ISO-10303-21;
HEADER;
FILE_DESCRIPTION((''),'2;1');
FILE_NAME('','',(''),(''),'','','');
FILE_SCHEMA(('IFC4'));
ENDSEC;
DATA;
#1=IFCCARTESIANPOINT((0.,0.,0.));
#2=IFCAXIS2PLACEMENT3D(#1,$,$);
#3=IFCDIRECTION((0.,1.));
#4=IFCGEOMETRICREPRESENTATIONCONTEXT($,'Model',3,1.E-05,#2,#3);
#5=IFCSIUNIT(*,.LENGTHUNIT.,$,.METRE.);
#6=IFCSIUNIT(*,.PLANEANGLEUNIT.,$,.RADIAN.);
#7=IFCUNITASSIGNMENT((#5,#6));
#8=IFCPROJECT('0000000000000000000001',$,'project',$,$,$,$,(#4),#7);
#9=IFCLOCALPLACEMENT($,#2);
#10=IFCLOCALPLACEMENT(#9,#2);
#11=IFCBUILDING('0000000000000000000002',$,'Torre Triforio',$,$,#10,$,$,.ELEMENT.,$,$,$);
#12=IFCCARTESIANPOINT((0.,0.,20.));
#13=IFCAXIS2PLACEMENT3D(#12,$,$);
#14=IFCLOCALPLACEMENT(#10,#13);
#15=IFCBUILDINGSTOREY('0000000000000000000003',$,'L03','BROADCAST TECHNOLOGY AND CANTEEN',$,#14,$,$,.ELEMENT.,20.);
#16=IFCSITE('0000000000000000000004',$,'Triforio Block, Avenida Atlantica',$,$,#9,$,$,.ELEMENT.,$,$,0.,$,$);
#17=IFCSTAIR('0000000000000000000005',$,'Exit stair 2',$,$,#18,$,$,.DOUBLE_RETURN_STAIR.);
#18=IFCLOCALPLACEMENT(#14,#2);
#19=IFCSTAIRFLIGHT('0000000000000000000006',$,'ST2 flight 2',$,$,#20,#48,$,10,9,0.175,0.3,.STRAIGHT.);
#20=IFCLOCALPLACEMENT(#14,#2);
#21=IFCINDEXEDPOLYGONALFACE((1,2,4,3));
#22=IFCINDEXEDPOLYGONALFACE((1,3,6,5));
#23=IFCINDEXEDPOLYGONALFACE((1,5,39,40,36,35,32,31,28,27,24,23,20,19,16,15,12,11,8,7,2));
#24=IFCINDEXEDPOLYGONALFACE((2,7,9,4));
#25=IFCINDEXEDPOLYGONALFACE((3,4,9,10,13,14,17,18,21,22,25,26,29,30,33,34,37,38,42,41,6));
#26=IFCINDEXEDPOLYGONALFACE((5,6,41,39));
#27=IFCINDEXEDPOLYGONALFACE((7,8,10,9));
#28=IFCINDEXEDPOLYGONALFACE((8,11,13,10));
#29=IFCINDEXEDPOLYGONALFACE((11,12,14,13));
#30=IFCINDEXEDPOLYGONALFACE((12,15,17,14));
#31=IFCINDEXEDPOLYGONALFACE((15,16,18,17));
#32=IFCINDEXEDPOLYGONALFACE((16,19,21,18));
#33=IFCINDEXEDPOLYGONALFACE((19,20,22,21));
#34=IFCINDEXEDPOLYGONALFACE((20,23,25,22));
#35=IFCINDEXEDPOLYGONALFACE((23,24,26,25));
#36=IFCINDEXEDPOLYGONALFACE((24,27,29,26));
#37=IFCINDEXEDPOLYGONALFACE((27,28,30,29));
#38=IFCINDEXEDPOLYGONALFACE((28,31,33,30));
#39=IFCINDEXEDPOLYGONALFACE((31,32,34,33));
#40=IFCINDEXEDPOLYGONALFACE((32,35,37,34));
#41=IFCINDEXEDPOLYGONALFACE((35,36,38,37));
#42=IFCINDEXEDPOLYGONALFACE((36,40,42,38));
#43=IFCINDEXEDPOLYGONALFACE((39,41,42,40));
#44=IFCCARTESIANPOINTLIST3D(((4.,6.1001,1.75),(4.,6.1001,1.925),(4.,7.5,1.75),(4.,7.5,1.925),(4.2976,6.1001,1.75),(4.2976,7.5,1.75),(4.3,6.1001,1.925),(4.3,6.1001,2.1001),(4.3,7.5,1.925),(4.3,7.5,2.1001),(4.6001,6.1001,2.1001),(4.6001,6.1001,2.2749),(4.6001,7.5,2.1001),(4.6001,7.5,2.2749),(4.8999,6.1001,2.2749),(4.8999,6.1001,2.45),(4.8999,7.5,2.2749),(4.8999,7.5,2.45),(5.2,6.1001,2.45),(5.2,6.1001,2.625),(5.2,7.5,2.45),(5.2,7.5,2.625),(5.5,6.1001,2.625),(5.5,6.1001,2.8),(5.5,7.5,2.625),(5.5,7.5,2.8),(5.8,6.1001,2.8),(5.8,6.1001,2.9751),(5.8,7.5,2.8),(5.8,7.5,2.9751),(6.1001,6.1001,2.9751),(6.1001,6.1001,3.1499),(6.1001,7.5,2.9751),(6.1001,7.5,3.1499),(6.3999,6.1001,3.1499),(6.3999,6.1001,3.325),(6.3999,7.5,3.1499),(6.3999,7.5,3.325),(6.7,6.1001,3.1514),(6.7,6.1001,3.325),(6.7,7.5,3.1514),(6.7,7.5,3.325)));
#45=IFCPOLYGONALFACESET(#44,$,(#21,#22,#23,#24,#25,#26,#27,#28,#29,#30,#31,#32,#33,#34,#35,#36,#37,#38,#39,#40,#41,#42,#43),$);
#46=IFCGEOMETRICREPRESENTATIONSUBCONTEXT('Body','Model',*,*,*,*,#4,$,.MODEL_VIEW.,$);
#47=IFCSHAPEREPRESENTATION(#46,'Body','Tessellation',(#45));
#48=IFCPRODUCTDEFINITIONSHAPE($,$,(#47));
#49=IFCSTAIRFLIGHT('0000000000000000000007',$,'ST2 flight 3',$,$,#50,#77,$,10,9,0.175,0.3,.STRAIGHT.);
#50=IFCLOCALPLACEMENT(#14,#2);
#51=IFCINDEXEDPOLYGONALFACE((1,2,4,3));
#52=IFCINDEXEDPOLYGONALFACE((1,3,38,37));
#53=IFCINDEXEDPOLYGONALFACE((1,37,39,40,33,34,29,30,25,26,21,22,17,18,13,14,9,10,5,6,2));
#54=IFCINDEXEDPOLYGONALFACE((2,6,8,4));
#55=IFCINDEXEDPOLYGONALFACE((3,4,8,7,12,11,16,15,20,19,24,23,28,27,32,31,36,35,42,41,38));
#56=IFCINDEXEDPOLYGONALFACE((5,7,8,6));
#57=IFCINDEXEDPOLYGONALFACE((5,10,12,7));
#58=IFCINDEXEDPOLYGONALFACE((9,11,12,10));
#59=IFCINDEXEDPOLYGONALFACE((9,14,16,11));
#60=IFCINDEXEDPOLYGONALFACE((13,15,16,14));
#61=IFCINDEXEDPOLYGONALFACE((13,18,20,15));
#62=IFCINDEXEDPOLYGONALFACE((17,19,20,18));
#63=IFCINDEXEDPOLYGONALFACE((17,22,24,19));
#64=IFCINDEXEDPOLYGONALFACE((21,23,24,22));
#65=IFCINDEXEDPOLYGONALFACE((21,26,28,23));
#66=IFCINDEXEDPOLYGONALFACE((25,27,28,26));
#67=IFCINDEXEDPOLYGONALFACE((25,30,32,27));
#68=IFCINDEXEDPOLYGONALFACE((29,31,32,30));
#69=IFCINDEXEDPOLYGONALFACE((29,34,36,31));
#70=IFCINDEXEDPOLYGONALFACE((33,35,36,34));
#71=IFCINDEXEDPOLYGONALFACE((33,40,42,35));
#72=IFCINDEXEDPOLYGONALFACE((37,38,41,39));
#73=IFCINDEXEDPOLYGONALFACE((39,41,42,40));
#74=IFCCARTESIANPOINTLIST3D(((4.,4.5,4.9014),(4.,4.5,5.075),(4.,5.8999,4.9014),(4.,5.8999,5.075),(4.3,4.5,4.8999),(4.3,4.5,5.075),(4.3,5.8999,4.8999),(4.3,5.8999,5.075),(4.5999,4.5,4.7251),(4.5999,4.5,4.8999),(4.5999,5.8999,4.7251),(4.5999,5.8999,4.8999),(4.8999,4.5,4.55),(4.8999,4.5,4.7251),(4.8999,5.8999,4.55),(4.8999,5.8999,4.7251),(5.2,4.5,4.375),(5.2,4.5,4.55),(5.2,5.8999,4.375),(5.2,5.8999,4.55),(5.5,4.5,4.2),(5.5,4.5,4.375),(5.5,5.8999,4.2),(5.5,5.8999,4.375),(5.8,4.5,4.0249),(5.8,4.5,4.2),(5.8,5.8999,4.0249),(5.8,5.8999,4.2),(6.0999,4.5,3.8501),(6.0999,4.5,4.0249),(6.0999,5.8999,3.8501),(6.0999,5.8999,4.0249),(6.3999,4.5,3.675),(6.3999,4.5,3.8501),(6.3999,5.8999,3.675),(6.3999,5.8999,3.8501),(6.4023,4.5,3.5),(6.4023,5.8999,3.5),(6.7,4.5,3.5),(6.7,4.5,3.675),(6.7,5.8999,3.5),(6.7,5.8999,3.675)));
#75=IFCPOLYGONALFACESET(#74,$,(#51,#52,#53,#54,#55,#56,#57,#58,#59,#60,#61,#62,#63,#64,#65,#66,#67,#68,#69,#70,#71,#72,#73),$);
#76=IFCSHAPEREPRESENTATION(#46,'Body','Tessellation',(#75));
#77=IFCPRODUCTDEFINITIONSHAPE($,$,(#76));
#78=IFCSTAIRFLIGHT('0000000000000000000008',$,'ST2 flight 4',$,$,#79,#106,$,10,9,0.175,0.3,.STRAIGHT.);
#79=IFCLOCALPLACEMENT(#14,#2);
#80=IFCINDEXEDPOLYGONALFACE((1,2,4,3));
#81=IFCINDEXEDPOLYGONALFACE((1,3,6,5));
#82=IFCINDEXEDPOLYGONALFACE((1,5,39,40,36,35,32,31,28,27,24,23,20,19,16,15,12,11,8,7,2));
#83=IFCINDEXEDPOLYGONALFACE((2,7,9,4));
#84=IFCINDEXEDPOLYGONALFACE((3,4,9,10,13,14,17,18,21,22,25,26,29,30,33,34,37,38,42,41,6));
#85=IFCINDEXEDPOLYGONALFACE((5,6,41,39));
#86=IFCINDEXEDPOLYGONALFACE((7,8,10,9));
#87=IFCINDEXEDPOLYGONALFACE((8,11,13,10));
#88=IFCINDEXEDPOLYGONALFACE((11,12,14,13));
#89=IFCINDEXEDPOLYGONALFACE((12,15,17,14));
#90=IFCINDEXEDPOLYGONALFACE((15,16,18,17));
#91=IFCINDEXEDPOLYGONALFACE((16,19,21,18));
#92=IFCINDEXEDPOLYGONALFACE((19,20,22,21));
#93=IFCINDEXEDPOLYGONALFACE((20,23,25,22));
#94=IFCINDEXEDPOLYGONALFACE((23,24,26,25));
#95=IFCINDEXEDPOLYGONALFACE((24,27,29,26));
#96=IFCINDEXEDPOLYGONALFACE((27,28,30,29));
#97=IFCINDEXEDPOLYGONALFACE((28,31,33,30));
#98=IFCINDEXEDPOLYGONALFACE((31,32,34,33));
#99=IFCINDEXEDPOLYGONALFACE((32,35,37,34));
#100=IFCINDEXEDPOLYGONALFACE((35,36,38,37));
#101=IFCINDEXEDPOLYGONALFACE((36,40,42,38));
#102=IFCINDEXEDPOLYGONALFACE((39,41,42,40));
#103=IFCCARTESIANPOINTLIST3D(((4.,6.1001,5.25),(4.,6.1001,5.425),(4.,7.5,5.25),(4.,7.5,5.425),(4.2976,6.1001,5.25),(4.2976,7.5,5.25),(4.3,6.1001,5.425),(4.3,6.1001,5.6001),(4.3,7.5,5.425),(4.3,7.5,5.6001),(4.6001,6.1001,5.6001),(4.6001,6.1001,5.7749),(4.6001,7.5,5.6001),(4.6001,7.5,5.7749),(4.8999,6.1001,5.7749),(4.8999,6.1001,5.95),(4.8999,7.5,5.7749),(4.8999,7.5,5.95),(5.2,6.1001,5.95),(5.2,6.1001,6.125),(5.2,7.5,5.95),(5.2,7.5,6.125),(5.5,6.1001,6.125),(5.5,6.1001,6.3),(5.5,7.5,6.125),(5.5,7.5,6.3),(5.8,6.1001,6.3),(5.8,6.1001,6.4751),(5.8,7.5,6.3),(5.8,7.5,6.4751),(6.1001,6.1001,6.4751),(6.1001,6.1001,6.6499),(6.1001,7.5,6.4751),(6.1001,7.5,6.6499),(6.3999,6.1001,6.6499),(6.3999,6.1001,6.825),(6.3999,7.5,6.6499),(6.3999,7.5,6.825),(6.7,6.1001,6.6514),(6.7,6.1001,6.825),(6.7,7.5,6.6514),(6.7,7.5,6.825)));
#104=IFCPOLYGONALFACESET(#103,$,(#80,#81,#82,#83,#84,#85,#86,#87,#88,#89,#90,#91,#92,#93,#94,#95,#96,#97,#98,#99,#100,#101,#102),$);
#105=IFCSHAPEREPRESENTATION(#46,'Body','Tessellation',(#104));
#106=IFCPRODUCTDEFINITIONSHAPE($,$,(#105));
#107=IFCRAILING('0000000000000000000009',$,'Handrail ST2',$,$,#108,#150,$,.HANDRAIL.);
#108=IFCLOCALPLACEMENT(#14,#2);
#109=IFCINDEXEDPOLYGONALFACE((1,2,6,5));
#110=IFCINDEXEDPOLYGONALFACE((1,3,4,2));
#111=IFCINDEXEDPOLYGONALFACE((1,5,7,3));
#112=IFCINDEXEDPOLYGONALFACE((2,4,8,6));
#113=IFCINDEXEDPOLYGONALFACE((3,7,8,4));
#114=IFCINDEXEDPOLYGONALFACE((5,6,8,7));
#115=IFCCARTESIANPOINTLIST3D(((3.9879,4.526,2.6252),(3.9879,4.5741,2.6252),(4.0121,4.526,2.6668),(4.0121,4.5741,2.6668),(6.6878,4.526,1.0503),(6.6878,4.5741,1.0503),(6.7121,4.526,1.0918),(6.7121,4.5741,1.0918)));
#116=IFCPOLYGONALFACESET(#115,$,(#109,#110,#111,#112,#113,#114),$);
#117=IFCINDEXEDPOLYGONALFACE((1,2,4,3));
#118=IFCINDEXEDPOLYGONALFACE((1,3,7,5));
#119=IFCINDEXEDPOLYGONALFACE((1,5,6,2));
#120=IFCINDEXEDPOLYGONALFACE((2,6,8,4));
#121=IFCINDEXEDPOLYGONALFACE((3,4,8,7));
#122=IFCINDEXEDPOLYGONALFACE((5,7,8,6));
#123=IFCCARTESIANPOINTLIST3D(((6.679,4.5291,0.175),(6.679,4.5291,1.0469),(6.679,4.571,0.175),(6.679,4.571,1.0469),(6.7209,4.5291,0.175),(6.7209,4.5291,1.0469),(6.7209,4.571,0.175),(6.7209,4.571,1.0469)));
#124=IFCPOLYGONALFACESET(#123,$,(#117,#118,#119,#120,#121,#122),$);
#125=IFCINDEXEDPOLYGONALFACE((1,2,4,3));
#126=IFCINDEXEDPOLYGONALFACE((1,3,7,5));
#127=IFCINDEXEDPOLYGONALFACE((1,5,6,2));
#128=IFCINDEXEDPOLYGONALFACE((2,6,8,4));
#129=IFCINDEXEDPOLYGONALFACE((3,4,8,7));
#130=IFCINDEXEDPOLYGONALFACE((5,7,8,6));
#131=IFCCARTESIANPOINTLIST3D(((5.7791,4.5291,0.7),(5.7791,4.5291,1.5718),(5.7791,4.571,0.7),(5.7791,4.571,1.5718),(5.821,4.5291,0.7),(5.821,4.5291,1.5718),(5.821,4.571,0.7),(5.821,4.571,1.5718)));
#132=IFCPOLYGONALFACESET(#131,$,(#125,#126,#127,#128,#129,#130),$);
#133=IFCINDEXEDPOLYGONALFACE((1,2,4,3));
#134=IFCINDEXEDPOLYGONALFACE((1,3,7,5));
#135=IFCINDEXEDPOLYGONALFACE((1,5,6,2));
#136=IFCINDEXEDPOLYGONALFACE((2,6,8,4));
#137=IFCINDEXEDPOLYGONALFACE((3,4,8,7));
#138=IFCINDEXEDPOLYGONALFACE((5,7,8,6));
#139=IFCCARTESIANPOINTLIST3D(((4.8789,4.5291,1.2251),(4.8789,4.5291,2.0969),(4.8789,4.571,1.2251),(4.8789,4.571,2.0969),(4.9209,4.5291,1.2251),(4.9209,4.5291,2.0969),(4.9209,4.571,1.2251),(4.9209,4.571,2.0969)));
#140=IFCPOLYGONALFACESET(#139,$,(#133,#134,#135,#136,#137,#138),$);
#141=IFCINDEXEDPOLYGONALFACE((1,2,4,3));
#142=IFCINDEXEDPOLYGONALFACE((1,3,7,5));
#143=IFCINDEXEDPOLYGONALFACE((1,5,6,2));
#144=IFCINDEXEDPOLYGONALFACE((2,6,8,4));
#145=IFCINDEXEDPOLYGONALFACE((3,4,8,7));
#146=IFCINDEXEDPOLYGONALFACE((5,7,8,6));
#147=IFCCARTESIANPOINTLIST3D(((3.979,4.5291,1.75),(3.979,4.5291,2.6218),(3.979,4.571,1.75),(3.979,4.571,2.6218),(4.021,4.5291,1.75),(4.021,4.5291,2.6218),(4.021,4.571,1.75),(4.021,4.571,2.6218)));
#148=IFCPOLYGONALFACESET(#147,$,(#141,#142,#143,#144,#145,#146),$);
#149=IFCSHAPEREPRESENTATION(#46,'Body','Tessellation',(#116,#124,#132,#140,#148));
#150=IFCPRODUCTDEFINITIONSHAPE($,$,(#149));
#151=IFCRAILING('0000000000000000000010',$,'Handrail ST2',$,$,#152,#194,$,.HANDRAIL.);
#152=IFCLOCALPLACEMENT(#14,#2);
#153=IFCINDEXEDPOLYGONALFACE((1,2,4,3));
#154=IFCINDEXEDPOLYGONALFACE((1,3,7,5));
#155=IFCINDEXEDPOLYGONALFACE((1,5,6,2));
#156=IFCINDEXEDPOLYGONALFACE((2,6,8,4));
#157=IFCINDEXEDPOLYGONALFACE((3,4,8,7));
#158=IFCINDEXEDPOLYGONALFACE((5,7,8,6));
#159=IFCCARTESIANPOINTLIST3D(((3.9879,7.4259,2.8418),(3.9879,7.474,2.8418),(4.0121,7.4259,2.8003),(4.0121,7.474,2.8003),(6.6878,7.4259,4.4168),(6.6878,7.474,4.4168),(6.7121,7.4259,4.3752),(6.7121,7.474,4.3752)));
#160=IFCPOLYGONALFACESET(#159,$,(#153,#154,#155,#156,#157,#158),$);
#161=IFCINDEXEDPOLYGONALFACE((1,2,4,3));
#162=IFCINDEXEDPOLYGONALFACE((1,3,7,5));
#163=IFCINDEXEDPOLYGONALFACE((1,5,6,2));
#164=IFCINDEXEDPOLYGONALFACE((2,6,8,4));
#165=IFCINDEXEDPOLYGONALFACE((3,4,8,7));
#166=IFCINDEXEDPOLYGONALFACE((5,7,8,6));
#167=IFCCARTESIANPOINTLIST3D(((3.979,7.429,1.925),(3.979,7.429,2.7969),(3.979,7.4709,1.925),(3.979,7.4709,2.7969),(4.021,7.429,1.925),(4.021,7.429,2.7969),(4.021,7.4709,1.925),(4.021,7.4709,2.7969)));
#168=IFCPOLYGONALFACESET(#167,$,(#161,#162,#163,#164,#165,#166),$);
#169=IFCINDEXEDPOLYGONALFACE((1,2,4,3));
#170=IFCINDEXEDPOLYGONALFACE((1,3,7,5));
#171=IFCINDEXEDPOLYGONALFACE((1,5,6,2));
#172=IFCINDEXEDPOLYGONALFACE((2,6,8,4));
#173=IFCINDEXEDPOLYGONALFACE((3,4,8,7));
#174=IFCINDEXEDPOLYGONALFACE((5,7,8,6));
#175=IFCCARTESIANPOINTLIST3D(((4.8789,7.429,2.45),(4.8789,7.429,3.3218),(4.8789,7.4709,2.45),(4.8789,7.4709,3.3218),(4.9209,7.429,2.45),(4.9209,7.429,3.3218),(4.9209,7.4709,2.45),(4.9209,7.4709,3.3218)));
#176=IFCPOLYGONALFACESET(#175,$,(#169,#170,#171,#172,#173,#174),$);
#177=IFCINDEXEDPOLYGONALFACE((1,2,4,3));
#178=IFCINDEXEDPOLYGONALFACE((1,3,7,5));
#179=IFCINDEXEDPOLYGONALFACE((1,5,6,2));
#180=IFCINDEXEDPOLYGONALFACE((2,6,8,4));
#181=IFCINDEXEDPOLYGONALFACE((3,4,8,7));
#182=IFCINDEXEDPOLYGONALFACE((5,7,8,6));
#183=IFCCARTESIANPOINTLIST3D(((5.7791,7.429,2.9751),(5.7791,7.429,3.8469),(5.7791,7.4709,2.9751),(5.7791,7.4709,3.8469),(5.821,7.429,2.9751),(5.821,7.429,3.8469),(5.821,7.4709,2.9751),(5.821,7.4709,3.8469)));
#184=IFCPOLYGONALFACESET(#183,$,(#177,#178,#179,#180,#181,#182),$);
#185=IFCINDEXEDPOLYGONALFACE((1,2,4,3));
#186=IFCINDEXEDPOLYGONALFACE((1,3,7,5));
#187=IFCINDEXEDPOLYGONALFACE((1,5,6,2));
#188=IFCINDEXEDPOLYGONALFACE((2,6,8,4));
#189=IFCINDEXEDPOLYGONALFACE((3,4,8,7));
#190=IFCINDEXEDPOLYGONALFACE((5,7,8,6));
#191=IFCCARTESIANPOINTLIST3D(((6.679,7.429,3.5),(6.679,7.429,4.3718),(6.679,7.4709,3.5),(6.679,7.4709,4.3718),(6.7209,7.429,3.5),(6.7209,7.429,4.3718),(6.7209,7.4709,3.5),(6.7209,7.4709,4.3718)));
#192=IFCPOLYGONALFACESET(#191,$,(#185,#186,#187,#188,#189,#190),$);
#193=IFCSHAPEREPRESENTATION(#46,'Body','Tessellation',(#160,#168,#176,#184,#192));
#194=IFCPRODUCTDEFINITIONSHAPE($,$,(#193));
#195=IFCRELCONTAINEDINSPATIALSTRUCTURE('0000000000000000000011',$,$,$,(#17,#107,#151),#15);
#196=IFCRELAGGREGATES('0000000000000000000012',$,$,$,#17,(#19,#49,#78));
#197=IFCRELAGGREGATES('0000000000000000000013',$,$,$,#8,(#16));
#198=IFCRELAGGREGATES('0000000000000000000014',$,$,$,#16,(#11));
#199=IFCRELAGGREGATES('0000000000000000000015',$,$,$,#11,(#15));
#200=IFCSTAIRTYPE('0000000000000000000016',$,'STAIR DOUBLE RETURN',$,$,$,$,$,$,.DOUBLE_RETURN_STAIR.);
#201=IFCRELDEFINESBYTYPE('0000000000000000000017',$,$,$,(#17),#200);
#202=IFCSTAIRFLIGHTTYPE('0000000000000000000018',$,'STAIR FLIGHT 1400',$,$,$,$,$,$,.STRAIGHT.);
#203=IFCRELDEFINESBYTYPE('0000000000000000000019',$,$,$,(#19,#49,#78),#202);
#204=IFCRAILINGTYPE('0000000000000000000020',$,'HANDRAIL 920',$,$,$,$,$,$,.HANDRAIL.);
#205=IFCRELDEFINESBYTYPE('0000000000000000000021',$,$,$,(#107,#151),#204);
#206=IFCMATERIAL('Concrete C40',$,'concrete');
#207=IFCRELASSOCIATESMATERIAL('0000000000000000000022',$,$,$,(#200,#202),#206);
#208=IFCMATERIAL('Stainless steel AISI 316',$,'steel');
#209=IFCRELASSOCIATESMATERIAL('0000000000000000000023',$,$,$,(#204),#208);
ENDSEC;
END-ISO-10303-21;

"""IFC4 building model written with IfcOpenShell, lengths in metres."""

from ifc_helpers import new_model, si_unit, direction, frame, origin, origin_2d, place, context, subcontext, project, spatial, polyline, rectangle, outline, extrude, material, type_object, element, aggregate, save


model = new_model("IFC4")

# Units and contexts
model_context = context("Model", 3, precision=1e-05, world=origin(), true_north=direction((0.0, 1.0)))
body_context = subcontext(model_context, "Body", "Model", "MODEL_VIEW")
ifc_project = project(units=[si_unit("LENGTHUNIT", "METRE"), si_unit("PLANEANGLEUNIT", "RADIAN")], contexts=[model_context])

# Site, building, storey
site_placement = place(None, origin())
site = spatial("IfcSite", under=ifc_project, at=site_placement, Name="Triforio Block, Avenida Atlantica", CompositionType="ELEMENT", RefElevation=0.0)
building_placement = place(site_placement, origin())
building = spatial("IfcBuilding", under=site, at=building_placement, Name="Torre Triforio", CompositionType="ELEMENT")
storey_placement = place(building_placement, frame((0.0, 0.0, 20.0)))
storey = spatial("IfcBuildingStorey", under=building, at=storey_placement, Name="L03", Description="BROADCAST TECHNOLOGY AND CANTEEN", CompositionType="ELEMENT", Elevation=20.0)

# Shared definitions
ifc_material_1 = material(Name="Concrete C40", Category="concrete")
stair_type = type_object("IfcStairType", Name="STAIR DOUBLE RETURN", PredefinedType="DOUBLE_RETURN_STAIR", material=ifc_material_1)

# Stair
stair_1_placement = place(storey_placement, origin())
stair_1 = element("IfcStair", 1, at=stair_1_placement, inside=storey, type_object=stair_type, Name="Exit stair 2", PredefinedType="DOUBLE_RETURN_STAIR")

# Stair flights
stair_flight_type = type_object("IfcStairFlightType", Name="STAIR FLIGHT 1400", PredefinedType="STRAIGHT", material=ifc_material_1)
stair_flight_1_placement = place(storey_placement, frame((4.0, 6.8, 1.75), z_axis=(0.0, 0.0, 1.0), x_axis=(1.0, 0.0, 0.0)))
stair_flight_1 = element("IfcStairFlight", 2, at=stair_flight_1_placement, type_object=stair_flight_type, Name="ST2 flight 2", NumberOfRisers=10, NumberOfTreads=9, PredefinedType="STRAIGHT", RiserHeight=0.175, TreadLength=0.3, context=body_context, shape_type="SweptSolid", body=[
    extrude(outline(polyline([(0.0, 0.0), (0.0, 0.175), (0.3, 0.175), (0.3, 0.3501), (0.6001, 0.3501), (0.6001, 0.5249), (0.8999, 0.5249), (0.8999, 0.7), (1.2, 0.7), (1.2, 0.875), (1.5, 0.875), (1.5, 1.05), (1.8, 1.05), (1.8, 1.2251), (2.1001, 1.2251), (2.1001, 1.3999), (2.3999, 1.3999), (2.3999, 1.575), (2.7, 1.575), (2.7, 1.75), (2.7, 1.4014), (0.2976, 0.0), (0.0, 0.0)])), frame((0.0, 0.7, 0.0), z_axis=(0.0, -1.0, 0.0), x_axis=(1.0, 0.0, 0.0)), (0.0, 0.0, 1.0), 1.3999),
])
stair_flight_2_placement = place(storey_placement, frame((6.7, 5.2, 3.5), z_axis=(0.0, 0.0, 1.0), x_axis=(-1.0, 0.0, 0.0)))
stair_flight_2 = element("IfcStairFlight", 3, at=stair_flight_2_placement, type_object=stair_flight_type, Name="ST2 flight 3", NumberOfRisers=10, NumberOfTreads=9, PredefinedType="STRAIGHT", RiserHeight=0.175, TreadLength=0.3, context=body_context, shape_type="SweptSolid", body=[
    extrude(outline(polyline([(0.0, 0.0), (0.0, 0.175), (0.3, 0.175), (0.3, 0.3501), (0.6001, 0.3501), (0.6001, 0.5249), (0.8999, 0.5249), (0.8999, 0.7), (1.2, 0.7), (1.2, 0.875), (1.5, 0.875), (1.5, 1.05), (1.8, 1.05), (1.8, 1.2251), (2.1001, 1.2251), (2.1001, 1.3999), (2.3999, 1.3999), (2.3999, 1.575), (2.7, 1.575), (2.7, 1.75), (2.7, 1.4014), (0.2976, 0.0), (0.0, 0.0)])), frame((0.0, 0.7, 0.0), z_axis=(0.0, -1.0, 0.0), x_axis=(1.0, 0.0, 0.0)), (0.0, 0.0, 1.0), 1.3999),
])
stair_flight_3_placement = place(storey_placement, frame((4.0, 6.8, 5.25), z_axis=(0.0, 0.0, 1.0), x_axis=(1.0, 0.0, 0.0)))
stair_flight_3 = element("IfcStairFlight", 4, at=stair_flight_3_placement, type_object=stair_flight_type, Name="ST2 flight 4", NumberOfRisers=10, NumberOfTreads=9, PredefinedType="STRAIGHT", RiserHeight=0.175, TreadLength=0.3, context=body_context, shape_type="SweptSolid", body=[
    extrude(outline(polyline([(0.0, 0.0), (0.0, 0.175), (0.3, 0.175), (0.3, 0.3501), (0.6001, 0.3501), (0.6001, 0.5249), (0.8999, 0.5249), (0.8999, 0.7), (1.2, 0.7), (1.2, 0.875), (1.5, 0.875), (1.5, 1.05), (1.8, 1.05), (1.8, 1.2251), (2.1001, 1.2251), (2.1001, 1.3999), (2.3999, 1.3999), (2.3999, 1.575), (2.7, 1.575), (2.7, 1.75), (2.7, 1.4014), (0.2976, 0.0), (0.0, 0.0)])), frame((0.0, 0.7, 0.0), z_axis=(0.0, -1.0, 0.0), x_axis=(1.0, 0.0, 0.0)), (0.0, 0.0, 1.0), 1.3999),
])
aggregate(stair_1, [stair_flight_1, stair_flight_2, stair_flight_3])

# Railings
ifc_material_2 = material(Name="Stainless steel AISI 316", Category="steel")
railing_type = type_object("IfcRailingType", Name="HANDRAIL 920", PredefinedType="HANDRAIL", material=ifc_material_2)
railing_1_placement = place(storey_placement, frame((6.7, 4.55, 0.175)))
element("IfcRailing", 5, at=railing_1_placement, inside=storey, type_object=railing_type, Name="Handrail ST2", PredefinedType="HANDRAIL", context=body_context, shape_type="SweptSolid", body=[
    extrude(rectangle(XDim=0.0481, YDim=0.0481, at=origin_2d()), frame((0.0, 0.0, 0.896), z_axis=(-0.863782, 0.0, 0.503866), x_axis=(0.0, -1.0, 0.0)), (0.0, 0.0, 1.0), 3.1257),
    extrude(rectangle(XDim=0.042, YDim=0.042, at=origin_2d()), origin(), (0.0, 0.0, 1.0), 0.8718),
    extrude(rectangle(XDim=0.042, YDim=0.042, at=origin_2d()), frame((-0.8999, 0.0, 0.5249)), (0.0, 0.0, 1.0), 0.8718),
    extrude(rectangle(XDim=0.042, YDim=0.042, at=origin_2d()), frame((-1.8, 0.0, 1.05)), (0.0, 0.0, 1.0), 0.8718),
    extrude(rectangle(XDim=0.042, YDim=0.042, at=origin_2d()), frame((-2.7, 0.0, 1.575)), (0.0, 0.0, 1.0), 0.8718),
])
for number, where, name in (
    (6, (4.0, 7.45, 1.925), "Handrail ST2"),
):
    element("IfcRailing", number, at=place(storey_placement, frame(where)), inside=storey, type_object=railing_type, Name=name, PredefinedType="HANDRAIL", context=body_context, shape_type="SweptSolid", body=[
        extrude(rectangle(XDim=0.0481, YDim=0.0481, at=origin_2d()), frame((0.0, 0.0, 0.896), z_axis=(0.863782, 0.0, 0.503866), x_axis=(0.0, 1.0, 0.0)), (0.0, 0.0, 1.0), 3.1257),
        extrude(rectangle(XDim=0.042, YDim=0.042, at=origin_2d()), origin(), (0.0, 0.0, 1.0), 0.8718),
        extrude(rectangle(XDim=0.042, YDim=0.042, at=origin_2d()), frame((0.8999, 0.0, 0.5249)), (0.0, 0.0, 1.0), 0.8718),
        extrude(rectangle(XDim=0.042, YDim=0.042, at=origin_2d()), frame((1.8, 0.0, 1.05)), (0.0, 0.0, 1.0), 0.8718),
        extrude(rectangle(XDim=0.042, YDim=0.042, at=origin_2d()), frame((2.7, 0.0, 1.575)), (0.0, 0.0, 1.0), 0.8718),
    ])

save(model, "model.ifc")
